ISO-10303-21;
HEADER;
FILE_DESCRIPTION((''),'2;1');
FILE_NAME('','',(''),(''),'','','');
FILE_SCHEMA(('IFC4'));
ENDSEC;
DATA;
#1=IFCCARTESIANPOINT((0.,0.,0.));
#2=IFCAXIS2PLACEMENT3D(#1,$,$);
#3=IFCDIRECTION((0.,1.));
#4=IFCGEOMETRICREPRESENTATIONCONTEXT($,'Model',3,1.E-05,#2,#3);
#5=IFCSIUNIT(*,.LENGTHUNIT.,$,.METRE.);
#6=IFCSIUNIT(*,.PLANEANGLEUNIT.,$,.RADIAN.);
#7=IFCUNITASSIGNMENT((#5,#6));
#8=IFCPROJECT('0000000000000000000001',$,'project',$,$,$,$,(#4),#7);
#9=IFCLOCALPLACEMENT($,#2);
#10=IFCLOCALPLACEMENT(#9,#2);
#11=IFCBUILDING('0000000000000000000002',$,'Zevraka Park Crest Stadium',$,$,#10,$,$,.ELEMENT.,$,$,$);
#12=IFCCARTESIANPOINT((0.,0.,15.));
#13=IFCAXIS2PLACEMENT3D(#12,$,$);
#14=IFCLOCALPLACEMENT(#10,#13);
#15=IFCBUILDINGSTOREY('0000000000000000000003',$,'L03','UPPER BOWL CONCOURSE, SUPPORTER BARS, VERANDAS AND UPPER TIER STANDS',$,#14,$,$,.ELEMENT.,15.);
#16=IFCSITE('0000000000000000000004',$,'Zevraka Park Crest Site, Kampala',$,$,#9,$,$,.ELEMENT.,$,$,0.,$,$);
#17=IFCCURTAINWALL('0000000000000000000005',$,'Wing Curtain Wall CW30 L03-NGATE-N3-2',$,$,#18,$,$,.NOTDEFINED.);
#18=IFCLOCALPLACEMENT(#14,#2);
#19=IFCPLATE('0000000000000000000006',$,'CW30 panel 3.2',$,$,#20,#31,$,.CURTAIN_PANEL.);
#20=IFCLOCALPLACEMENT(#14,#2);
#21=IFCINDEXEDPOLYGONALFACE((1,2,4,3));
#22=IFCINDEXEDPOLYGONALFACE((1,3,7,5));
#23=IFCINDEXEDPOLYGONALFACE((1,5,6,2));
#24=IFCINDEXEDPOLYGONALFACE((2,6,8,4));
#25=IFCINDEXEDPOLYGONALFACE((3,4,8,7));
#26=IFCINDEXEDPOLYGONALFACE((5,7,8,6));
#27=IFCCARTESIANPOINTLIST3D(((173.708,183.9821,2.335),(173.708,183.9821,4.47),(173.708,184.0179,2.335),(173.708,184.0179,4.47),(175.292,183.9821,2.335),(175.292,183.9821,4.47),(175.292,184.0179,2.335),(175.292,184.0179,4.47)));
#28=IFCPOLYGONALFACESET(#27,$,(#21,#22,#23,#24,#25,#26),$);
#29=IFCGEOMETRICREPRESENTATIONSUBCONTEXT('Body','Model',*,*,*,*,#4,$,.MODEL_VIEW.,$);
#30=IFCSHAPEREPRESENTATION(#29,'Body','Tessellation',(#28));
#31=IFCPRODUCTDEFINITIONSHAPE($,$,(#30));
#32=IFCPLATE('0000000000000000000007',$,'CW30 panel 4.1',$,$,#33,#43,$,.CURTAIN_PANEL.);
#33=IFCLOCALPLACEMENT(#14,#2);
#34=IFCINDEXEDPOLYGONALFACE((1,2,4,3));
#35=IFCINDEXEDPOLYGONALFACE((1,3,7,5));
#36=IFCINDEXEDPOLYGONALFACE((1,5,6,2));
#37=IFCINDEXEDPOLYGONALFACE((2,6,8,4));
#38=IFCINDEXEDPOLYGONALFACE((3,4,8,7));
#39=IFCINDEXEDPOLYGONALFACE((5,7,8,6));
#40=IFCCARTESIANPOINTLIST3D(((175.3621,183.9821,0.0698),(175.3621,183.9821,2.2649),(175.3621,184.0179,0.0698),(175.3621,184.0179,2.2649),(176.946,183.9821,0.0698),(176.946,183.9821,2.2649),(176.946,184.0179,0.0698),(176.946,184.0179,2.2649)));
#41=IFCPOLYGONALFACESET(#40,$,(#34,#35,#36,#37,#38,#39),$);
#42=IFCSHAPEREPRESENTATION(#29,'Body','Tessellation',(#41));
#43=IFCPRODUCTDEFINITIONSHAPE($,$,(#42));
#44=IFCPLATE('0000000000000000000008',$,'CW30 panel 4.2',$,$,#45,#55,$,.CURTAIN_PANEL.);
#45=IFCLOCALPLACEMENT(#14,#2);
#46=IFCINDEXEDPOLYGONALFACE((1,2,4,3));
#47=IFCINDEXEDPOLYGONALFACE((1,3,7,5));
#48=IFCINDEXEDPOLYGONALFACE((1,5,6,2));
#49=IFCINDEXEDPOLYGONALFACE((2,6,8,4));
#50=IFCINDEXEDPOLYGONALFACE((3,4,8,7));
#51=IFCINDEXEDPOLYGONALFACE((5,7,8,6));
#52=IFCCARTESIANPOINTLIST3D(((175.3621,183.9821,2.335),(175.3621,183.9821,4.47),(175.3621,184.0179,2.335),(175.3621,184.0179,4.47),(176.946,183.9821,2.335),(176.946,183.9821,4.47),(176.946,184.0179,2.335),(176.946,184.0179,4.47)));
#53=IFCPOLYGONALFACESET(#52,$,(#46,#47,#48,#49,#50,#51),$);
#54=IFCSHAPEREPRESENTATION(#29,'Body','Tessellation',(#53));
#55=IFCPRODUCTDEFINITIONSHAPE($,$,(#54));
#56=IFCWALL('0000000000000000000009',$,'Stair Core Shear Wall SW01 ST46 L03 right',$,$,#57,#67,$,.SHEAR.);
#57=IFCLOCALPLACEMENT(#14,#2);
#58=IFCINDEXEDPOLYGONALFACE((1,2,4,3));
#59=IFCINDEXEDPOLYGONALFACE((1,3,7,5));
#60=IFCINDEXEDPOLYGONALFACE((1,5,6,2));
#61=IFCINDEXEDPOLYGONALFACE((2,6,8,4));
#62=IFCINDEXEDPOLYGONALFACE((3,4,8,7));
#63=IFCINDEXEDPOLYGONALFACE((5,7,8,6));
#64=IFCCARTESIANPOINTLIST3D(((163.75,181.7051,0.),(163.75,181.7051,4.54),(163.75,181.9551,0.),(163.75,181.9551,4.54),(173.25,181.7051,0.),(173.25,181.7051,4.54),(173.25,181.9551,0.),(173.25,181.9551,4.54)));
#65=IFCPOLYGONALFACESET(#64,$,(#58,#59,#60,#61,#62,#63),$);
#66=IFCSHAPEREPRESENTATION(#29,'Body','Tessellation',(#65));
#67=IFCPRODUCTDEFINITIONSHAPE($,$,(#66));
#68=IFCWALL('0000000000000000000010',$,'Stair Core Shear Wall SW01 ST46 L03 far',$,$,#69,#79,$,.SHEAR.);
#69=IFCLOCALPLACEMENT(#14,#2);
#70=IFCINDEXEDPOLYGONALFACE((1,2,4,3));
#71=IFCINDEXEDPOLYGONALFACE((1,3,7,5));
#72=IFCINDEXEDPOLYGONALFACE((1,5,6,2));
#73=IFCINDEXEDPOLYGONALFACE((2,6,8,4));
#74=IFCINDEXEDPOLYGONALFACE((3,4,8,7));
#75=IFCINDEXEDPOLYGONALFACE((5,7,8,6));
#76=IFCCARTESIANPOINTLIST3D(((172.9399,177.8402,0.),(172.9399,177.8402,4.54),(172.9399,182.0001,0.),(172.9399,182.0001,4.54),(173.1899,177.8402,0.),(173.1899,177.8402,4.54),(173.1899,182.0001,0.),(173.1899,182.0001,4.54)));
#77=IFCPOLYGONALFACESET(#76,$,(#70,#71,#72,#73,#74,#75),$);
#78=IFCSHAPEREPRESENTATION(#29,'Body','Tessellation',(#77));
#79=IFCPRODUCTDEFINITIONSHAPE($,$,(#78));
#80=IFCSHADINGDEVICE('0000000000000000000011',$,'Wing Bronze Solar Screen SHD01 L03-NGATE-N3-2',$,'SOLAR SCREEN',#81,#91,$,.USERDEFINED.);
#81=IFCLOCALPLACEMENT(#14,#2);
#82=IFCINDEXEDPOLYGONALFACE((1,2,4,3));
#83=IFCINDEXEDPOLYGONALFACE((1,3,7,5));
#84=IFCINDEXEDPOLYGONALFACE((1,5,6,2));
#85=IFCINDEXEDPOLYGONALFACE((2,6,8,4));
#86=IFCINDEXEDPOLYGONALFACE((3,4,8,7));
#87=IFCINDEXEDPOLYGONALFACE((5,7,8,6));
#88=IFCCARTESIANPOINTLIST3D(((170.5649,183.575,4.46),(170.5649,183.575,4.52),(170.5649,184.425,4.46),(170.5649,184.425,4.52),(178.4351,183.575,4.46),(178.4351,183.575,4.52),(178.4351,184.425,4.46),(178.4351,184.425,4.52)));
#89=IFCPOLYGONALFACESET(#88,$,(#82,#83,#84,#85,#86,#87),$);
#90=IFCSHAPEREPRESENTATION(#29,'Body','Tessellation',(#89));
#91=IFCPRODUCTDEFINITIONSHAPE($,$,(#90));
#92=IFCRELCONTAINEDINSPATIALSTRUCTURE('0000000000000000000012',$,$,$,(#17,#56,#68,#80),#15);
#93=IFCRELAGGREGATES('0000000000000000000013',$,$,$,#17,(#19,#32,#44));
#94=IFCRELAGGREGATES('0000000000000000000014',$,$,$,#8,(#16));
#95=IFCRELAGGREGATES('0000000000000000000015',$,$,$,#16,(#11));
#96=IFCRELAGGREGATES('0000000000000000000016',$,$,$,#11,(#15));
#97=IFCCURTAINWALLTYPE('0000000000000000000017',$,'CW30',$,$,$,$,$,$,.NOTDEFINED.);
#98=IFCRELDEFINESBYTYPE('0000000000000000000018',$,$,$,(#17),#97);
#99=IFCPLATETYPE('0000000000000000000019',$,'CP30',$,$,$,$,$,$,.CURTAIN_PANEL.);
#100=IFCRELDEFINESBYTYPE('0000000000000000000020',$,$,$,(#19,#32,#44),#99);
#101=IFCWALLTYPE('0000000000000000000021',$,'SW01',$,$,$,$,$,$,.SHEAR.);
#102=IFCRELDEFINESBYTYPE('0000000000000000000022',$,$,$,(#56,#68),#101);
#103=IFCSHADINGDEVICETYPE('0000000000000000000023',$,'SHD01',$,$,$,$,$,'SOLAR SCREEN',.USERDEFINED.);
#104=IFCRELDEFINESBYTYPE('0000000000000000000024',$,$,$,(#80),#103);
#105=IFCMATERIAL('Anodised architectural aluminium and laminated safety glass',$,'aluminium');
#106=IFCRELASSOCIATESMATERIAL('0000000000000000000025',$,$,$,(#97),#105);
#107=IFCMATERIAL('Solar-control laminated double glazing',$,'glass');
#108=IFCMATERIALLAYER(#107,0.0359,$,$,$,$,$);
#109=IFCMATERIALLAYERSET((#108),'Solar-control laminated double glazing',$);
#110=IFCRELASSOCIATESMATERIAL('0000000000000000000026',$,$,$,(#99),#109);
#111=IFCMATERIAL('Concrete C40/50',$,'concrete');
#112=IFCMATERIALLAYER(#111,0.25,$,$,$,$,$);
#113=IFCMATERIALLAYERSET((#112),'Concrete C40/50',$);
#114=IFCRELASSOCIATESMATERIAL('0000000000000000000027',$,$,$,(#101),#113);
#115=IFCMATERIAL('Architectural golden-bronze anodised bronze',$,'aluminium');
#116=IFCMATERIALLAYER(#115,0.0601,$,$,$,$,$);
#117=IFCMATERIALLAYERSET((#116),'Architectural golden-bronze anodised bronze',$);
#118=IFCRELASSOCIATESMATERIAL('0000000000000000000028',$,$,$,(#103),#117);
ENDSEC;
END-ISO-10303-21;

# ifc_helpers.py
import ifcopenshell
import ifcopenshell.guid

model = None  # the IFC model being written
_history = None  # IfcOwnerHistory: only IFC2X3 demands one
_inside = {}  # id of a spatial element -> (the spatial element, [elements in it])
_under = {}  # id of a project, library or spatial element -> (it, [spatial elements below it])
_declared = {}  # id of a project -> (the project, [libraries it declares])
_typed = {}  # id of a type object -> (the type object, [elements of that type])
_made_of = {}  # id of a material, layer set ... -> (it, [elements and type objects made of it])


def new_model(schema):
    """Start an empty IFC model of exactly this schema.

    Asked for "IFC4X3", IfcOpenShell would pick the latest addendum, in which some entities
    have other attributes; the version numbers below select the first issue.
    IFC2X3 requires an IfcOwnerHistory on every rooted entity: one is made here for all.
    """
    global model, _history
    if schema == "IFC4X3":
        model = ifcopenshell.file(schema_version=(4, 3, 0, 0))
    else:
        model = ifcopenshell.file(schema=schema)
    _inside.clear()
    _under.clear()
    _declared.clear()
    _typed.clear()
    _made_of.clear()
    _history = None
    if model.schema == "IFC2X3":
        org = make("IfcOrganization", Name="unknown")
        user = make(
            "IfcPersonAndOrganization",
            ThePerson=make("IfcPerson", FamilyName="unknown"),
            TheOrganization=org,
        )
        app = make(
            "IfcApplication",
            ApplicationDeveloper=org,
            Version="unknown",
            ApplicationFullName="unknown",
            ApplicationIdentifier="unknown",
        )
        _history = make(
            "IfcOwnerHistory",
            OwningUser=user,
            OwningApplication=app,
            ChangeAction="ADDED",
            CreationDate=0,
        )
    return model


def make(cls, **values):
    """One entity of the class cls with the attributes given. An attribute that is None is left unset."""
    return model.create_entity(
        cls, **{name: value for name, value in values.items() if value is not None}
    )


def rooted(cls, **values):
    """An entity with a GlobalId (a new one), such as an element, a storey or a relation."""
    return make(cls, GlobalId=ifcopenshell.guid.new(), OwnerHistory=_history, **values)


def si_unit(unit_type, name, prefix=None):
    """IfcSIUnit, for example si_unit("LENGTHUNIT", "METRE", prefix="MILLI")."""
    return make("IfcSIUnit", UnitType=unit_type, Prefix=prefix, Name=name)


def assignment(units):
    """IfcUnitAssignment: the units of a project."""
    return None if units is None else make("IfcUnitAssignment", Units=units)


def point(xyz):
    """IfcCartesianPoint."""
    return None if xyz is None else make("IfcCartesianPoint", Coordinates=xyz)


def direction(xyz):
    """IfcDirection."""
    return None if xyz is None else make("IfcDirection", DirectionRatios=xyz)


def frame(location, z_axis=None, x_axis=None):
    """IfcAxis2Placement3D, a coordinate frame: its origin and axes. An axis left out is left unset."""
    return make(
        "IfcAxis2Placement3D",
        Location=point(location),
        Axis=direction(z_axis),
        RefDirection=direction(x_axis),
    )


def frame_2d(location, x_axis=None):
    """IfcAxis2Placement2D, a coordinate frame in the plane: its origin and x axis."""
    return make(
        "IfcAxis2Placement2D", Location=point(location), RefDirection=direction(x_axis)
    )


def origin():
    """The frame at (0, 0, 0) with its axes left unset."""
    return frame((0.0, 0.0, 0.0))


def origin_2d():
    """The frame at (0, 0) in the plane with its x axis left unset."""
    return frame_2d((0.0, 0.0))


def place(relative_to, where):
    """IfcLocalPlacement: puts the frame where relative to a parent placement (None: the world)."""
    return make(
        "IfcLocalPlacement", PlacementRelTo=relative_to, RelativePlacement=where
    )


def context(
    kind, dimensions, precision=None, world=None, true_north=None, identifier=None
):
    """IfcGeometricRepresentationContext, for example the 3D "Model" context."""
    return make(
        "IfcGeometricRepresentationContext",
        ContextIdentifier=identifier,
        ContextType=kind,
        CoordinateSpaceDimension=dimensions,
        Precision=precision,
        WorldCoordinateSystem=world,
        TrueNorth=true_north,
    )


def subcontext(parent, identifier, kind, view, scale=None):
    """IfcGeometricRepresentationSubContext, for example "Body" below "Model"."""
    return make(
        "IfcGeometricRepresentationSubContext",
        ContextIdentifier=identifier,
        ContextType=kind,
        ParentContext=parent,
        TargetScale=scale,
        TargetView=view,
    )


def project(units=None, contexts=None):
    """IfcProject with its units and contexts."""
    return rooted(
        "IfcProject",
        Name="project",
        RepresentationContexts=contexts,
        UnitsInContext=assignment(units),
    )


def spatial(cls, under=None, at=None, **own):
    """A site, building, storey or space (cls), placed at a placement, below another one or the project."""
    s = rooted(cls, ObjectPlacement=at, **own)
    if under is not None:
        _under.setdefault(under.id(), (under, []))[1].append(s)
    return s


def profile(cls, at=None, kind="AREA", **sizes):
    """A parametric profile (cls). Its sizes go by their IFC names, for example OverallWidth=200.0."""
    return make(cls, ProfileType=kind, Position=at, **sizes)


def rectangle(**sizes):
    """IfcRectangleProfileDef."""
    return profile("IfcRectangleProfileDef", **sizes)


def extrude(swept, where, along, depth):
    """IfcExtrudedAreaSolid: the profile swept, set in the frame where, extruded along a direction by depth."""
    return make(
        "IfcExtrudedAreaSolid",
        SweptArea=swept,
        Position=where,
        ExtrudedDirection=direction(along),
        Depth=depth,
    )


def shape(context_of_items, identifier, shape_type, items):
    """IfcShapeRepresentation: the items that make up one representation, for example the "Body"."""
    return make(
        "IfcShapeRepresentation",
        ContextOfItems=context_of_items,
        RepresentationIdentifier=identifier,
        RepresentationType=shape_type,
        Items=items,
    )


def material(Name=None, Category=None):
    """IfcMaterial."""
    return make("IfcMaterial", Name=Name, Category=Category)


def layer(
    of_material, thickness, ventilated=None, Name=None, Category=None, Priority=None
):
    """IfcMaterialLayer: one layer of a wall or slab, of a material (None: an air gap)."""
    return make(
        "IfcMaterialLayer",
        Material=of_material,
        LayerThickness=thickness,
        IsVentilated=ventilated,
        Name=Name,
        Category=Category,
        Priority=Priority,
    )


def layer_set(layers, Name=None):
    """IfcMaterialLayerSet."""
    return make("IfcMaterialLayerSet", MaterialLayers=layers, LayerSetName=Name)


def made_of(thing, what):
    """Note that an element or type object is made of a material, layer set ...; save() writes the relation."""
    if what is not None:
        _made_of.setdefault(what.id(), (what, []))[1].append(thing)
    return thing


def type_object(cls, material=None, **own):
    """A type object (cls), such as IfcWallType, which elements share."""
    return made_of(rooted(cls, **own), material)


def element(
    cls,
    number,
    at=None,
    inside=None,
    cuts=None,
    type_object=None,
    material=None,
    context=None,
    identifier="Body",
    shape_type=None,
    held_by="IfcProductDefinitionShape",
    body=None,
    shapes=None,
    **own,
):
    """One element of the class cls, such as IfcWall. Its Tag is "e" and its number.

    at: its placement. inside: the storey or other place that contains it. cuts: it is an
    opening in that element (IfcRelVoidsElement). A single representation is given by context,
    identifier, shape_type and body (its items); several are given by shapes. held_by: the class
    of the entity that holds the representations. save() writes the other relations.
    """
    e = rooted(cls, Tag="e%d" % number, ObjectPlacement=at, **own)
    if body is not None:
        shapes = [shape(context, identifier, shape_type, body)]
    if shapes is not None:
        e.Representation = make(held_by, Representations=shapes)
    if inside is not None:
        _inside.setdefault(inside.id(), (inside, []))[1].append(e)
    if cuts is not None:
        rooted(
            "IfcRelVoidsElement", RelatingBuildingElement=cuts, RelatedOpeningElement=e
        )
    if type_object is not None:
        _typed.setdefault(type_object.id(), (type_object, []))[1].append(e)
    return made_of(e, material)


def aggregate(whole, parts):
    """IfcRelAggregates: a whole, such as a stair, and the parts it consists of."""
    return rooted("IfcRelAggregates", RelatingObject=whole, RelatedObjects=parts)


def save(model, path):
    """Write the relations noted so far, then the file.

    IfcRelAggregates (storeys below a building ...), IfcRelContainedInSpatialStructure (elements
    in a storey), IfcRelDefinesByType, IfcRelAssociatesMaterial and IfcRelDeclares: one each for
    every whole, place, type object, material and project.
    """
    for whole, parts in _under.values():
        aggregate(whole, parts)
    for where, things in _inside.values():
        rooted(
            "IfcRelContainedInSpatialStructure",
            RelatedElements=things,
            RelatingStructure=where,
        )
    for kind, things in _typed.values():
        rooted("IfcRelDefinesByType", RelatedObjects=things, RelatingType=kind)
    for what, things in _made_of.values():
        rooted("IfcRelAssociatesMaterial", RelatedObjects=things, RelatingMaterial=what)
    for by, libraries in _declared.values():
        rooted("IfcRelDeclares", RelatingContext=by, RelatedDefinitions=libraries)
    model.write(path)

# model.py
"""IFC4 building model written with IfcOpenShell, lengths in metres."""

from ifc_helpers import new_model, si_unit, direction, frame, frame_2d, origin, origin_2d, place, context, subcontext, project, spatial, rectangle, extrude, material, layer, layer_set, type_object, element, aggregate, save


model = new_model("IFC4")

# Units and contexts
model_context = context("Model", 3, precision=1e-05, world=origin(), true_north=direction((0.0, 1.0)))
body_context = subcontext(model_context, "Body", "Model", "MODEL_VIEW")
ifc_project = project(units=[si_unit("LENGTHUNIT", "METRE"), si_unit("PLANEANGLEUNIT", "RADIAN")], contexts=[model_context])

# Site, building, storey
site_placement = place(None, origin())
site = spatial("IfcSite", under=ifc_project, at=site_placement, Name="Zevraka Park Crest Site, Kampala", CompositionType="ELEMENT", RefElevation=0.0)
building_placement = place(site_placement, origin())
building = spatial("IfcBuilding", under=site, at=building_placement, Name="Zevraka Park Crest Stadium", CompositionType="ELEMENT")
storey_placement = place(building_placement, frame((0.0, 0.0, 15.0)))
storey = spatial("IfcBuildingStorey", under=building, at=storey_placement, Name="L03", Description="UPPER BOWL CONCOURSE, SUPPORTER BARS, VERANDAS AND UPPER TIER STANDS", CompositionType="ELEMENT", Elevation=15.0)

# Curtain wall, plates
ifc_material_1 = material(Name="Anodised architectural aluminium and laminated safety glass", Category="aluminium")
curtain_wall_type = type_object("IfcCurtainWallType", Name="CW30", PredefinedType="NOTDEFINED", material=ifc_material_1)
curtain_wall_placement = place(storey_placement, origin())
curtain_wall = element("IfcCurtainWall", 1, at=curtain_wall_placement, inside=storey, type_object=curtain_wall_type, Name="Wing Curtain Wall CW30 L03-NGATE-N3-2", PredefinedType="NOTDEFINED")
ifc_material_2 = material(Name="Solar-control laminated double glazing", Category="glass")
ifc_layer_1 = layer(ifc_material_2, 0.0359)
ifc_layer_set_1 = layer_set([ifc_layer_1], Name="Solar-control laminated double glazing")
plate_type = type_object("IfcPlateType", Name="CP30", PredefinedType="CURTAIN_PANEL", material=ifc_layer_set_1)
plate_1_placement = place(storey_placement, frame((174.5, 184.0, 2.335), z_axis=(0.0, 0.0, 1.0), x_axis=(1.0, 0.0, 0.0)))
plate_1 = element("IfcPlate", 2, at=plate_1_placement, type_object=plate_type, Name="CW30 panel 3.2", PredefinedType="CURTAIN_PANEL", context=body_context, shape_type="SweptSolid", body=[
    extrude(rectangle(XDim=1.584, YDim=0.0359, at=origin_2d()), origin(), (0.0, 0.0, 1.0), 2.135),
])
plate_2_placement = place(storey_placement, frame((176.1541, 184.0, 0.0698), z_axis=(0.0, 0.0, 1.0), x_axis=(1.0, 0.0, 0.0)))
plate_2 = element("IfcPlate", 3, at=plate_2_placement, type_object=plate_type, Name="CW30 panel 4.1", PredefinedType="CURTAIN_PANEL", context=body_context, shape_type="SweptSolid", body=[
    extrude(rectangle(XDim=1.584, YDim=0.0359, at=origin_2d()), origin(), (0.0, 0.0, 1.0), 2.1951),
])
plate_3_placement = place(storey_placement, frame((176.1541, 184.0, 2.335), z_axis=(0.0, 0.0, 1.0), x_axis=(1.0, 0.0, 0.0)))
plate_3 = element("IfcPlate", 4, at=plate_3_placement, type_object=plate_type, Name="CW30 panel 4.2", PredefinedType="CURTAIN_PANEL", context=body_context, shape_type="SweptSolid", body=[
    extrude(rectangle(XDim=1.584, YDim=0.0359, at=origin_2d()), origin(), (0.0, 0.0, 1.0), 2.135),
])
aggregate(curtain_wall, [plate_1, plate_2, plate_3])

# Walls
ifc_material_3 = material(Name="Concrete C40/50", Category="concrete")
ifc_layer_2 = layer(ifc_material_3, 0.25)
ifc_layer_set_2 = layer_set([ifc_layer_2], Name="Concrete C40/50")
wall_type = type_object("IfcWallType", Name="SW01", PredefinedType="SHEAR", material=ifc_layer_set_2)
wall_1_placement = place(storey_placement, frame((173.25, 181.8301, 0.0), z_axis=(0.0, 0.0, 1.0), x_axis=(-1.0, 0.0, 0.0)))
element("IfcWall", 5, at=wall_1_placement, inside=storey, type_object=wall_type, Name="Stair Core Shear Wall SW01 ST46 L03 right", PredefinedType="SHEAR", context=body_context, shape_type="SweptSolid", body=[
    extrude(rectangle(XDim=9.5, YDim=0.25, at=frame_2d((4.75, 0.0))), origin(), (0.0, 0.0, 1.0), 4.54),
])
wall_2_placement = place(storey_placement, frame((173.0649, 177.8401, 0.0), z_axis=(0.0, 0.0, 1.0), x_axis=(0.0, 1.0, 0.0)))
element("IfcWall", 6, at=wall_2_placement, inside=storey, type_object=wall_type, Name="Stair Core Shear Wall SW01 ST46 L03 far", PredefinedType="SHEAR", context=body_context, shape_type="SweptSolid", body=[
    extrude(rectangle(XDim=4.1599, YDim=0.25, at=frame_2d((2.0801, 0.0))), origin(), (0.0, 0.0, 1.0), 4.54),
])

# Shading device
ifc_material_4 = material(Name="Architectural golden-bronze anodised bronze", Category="aluminium")
ifc_layer_3 = layer(ifc_material_4, 0.0601)
ifc_layer_set_3 = layer_set([ifc_layer_3], Name="Architectural golden-bronze anodised bronze")
shading_device_type = type_object("IfcShadingDeviceType", Name="SHD01", ElementType="SOLAR SCREEN", PredefinedType="USERDEFINED", material=ifc_layer_set_3)
shading_device_placement = place(storey_placement, frame((174.5, 184.0, 4.46), z_axis=(0.0, 0.0, 1.0), x_axis=(1.0, 0.0, 0.0)))
element("IfcShadingDevice", 7, at=shading_device_placement, inside=storey, type_object=shading_device_type, Name="Wing Bronze Solar Screen SHD01 L03-NGATE-N3-2", ObjectType="SOLAR SCREEN", PredefinedType="USERDEFINED", context=body_context, shape_type="SweptSolid", body=[
    extrude(rectangle(XDim=7.8701, YDim=0.8501, at=origin_2d()), origin(), (0.0, 0.0, 1.0), 0.0601),
])

save(model, "model.ifc")
